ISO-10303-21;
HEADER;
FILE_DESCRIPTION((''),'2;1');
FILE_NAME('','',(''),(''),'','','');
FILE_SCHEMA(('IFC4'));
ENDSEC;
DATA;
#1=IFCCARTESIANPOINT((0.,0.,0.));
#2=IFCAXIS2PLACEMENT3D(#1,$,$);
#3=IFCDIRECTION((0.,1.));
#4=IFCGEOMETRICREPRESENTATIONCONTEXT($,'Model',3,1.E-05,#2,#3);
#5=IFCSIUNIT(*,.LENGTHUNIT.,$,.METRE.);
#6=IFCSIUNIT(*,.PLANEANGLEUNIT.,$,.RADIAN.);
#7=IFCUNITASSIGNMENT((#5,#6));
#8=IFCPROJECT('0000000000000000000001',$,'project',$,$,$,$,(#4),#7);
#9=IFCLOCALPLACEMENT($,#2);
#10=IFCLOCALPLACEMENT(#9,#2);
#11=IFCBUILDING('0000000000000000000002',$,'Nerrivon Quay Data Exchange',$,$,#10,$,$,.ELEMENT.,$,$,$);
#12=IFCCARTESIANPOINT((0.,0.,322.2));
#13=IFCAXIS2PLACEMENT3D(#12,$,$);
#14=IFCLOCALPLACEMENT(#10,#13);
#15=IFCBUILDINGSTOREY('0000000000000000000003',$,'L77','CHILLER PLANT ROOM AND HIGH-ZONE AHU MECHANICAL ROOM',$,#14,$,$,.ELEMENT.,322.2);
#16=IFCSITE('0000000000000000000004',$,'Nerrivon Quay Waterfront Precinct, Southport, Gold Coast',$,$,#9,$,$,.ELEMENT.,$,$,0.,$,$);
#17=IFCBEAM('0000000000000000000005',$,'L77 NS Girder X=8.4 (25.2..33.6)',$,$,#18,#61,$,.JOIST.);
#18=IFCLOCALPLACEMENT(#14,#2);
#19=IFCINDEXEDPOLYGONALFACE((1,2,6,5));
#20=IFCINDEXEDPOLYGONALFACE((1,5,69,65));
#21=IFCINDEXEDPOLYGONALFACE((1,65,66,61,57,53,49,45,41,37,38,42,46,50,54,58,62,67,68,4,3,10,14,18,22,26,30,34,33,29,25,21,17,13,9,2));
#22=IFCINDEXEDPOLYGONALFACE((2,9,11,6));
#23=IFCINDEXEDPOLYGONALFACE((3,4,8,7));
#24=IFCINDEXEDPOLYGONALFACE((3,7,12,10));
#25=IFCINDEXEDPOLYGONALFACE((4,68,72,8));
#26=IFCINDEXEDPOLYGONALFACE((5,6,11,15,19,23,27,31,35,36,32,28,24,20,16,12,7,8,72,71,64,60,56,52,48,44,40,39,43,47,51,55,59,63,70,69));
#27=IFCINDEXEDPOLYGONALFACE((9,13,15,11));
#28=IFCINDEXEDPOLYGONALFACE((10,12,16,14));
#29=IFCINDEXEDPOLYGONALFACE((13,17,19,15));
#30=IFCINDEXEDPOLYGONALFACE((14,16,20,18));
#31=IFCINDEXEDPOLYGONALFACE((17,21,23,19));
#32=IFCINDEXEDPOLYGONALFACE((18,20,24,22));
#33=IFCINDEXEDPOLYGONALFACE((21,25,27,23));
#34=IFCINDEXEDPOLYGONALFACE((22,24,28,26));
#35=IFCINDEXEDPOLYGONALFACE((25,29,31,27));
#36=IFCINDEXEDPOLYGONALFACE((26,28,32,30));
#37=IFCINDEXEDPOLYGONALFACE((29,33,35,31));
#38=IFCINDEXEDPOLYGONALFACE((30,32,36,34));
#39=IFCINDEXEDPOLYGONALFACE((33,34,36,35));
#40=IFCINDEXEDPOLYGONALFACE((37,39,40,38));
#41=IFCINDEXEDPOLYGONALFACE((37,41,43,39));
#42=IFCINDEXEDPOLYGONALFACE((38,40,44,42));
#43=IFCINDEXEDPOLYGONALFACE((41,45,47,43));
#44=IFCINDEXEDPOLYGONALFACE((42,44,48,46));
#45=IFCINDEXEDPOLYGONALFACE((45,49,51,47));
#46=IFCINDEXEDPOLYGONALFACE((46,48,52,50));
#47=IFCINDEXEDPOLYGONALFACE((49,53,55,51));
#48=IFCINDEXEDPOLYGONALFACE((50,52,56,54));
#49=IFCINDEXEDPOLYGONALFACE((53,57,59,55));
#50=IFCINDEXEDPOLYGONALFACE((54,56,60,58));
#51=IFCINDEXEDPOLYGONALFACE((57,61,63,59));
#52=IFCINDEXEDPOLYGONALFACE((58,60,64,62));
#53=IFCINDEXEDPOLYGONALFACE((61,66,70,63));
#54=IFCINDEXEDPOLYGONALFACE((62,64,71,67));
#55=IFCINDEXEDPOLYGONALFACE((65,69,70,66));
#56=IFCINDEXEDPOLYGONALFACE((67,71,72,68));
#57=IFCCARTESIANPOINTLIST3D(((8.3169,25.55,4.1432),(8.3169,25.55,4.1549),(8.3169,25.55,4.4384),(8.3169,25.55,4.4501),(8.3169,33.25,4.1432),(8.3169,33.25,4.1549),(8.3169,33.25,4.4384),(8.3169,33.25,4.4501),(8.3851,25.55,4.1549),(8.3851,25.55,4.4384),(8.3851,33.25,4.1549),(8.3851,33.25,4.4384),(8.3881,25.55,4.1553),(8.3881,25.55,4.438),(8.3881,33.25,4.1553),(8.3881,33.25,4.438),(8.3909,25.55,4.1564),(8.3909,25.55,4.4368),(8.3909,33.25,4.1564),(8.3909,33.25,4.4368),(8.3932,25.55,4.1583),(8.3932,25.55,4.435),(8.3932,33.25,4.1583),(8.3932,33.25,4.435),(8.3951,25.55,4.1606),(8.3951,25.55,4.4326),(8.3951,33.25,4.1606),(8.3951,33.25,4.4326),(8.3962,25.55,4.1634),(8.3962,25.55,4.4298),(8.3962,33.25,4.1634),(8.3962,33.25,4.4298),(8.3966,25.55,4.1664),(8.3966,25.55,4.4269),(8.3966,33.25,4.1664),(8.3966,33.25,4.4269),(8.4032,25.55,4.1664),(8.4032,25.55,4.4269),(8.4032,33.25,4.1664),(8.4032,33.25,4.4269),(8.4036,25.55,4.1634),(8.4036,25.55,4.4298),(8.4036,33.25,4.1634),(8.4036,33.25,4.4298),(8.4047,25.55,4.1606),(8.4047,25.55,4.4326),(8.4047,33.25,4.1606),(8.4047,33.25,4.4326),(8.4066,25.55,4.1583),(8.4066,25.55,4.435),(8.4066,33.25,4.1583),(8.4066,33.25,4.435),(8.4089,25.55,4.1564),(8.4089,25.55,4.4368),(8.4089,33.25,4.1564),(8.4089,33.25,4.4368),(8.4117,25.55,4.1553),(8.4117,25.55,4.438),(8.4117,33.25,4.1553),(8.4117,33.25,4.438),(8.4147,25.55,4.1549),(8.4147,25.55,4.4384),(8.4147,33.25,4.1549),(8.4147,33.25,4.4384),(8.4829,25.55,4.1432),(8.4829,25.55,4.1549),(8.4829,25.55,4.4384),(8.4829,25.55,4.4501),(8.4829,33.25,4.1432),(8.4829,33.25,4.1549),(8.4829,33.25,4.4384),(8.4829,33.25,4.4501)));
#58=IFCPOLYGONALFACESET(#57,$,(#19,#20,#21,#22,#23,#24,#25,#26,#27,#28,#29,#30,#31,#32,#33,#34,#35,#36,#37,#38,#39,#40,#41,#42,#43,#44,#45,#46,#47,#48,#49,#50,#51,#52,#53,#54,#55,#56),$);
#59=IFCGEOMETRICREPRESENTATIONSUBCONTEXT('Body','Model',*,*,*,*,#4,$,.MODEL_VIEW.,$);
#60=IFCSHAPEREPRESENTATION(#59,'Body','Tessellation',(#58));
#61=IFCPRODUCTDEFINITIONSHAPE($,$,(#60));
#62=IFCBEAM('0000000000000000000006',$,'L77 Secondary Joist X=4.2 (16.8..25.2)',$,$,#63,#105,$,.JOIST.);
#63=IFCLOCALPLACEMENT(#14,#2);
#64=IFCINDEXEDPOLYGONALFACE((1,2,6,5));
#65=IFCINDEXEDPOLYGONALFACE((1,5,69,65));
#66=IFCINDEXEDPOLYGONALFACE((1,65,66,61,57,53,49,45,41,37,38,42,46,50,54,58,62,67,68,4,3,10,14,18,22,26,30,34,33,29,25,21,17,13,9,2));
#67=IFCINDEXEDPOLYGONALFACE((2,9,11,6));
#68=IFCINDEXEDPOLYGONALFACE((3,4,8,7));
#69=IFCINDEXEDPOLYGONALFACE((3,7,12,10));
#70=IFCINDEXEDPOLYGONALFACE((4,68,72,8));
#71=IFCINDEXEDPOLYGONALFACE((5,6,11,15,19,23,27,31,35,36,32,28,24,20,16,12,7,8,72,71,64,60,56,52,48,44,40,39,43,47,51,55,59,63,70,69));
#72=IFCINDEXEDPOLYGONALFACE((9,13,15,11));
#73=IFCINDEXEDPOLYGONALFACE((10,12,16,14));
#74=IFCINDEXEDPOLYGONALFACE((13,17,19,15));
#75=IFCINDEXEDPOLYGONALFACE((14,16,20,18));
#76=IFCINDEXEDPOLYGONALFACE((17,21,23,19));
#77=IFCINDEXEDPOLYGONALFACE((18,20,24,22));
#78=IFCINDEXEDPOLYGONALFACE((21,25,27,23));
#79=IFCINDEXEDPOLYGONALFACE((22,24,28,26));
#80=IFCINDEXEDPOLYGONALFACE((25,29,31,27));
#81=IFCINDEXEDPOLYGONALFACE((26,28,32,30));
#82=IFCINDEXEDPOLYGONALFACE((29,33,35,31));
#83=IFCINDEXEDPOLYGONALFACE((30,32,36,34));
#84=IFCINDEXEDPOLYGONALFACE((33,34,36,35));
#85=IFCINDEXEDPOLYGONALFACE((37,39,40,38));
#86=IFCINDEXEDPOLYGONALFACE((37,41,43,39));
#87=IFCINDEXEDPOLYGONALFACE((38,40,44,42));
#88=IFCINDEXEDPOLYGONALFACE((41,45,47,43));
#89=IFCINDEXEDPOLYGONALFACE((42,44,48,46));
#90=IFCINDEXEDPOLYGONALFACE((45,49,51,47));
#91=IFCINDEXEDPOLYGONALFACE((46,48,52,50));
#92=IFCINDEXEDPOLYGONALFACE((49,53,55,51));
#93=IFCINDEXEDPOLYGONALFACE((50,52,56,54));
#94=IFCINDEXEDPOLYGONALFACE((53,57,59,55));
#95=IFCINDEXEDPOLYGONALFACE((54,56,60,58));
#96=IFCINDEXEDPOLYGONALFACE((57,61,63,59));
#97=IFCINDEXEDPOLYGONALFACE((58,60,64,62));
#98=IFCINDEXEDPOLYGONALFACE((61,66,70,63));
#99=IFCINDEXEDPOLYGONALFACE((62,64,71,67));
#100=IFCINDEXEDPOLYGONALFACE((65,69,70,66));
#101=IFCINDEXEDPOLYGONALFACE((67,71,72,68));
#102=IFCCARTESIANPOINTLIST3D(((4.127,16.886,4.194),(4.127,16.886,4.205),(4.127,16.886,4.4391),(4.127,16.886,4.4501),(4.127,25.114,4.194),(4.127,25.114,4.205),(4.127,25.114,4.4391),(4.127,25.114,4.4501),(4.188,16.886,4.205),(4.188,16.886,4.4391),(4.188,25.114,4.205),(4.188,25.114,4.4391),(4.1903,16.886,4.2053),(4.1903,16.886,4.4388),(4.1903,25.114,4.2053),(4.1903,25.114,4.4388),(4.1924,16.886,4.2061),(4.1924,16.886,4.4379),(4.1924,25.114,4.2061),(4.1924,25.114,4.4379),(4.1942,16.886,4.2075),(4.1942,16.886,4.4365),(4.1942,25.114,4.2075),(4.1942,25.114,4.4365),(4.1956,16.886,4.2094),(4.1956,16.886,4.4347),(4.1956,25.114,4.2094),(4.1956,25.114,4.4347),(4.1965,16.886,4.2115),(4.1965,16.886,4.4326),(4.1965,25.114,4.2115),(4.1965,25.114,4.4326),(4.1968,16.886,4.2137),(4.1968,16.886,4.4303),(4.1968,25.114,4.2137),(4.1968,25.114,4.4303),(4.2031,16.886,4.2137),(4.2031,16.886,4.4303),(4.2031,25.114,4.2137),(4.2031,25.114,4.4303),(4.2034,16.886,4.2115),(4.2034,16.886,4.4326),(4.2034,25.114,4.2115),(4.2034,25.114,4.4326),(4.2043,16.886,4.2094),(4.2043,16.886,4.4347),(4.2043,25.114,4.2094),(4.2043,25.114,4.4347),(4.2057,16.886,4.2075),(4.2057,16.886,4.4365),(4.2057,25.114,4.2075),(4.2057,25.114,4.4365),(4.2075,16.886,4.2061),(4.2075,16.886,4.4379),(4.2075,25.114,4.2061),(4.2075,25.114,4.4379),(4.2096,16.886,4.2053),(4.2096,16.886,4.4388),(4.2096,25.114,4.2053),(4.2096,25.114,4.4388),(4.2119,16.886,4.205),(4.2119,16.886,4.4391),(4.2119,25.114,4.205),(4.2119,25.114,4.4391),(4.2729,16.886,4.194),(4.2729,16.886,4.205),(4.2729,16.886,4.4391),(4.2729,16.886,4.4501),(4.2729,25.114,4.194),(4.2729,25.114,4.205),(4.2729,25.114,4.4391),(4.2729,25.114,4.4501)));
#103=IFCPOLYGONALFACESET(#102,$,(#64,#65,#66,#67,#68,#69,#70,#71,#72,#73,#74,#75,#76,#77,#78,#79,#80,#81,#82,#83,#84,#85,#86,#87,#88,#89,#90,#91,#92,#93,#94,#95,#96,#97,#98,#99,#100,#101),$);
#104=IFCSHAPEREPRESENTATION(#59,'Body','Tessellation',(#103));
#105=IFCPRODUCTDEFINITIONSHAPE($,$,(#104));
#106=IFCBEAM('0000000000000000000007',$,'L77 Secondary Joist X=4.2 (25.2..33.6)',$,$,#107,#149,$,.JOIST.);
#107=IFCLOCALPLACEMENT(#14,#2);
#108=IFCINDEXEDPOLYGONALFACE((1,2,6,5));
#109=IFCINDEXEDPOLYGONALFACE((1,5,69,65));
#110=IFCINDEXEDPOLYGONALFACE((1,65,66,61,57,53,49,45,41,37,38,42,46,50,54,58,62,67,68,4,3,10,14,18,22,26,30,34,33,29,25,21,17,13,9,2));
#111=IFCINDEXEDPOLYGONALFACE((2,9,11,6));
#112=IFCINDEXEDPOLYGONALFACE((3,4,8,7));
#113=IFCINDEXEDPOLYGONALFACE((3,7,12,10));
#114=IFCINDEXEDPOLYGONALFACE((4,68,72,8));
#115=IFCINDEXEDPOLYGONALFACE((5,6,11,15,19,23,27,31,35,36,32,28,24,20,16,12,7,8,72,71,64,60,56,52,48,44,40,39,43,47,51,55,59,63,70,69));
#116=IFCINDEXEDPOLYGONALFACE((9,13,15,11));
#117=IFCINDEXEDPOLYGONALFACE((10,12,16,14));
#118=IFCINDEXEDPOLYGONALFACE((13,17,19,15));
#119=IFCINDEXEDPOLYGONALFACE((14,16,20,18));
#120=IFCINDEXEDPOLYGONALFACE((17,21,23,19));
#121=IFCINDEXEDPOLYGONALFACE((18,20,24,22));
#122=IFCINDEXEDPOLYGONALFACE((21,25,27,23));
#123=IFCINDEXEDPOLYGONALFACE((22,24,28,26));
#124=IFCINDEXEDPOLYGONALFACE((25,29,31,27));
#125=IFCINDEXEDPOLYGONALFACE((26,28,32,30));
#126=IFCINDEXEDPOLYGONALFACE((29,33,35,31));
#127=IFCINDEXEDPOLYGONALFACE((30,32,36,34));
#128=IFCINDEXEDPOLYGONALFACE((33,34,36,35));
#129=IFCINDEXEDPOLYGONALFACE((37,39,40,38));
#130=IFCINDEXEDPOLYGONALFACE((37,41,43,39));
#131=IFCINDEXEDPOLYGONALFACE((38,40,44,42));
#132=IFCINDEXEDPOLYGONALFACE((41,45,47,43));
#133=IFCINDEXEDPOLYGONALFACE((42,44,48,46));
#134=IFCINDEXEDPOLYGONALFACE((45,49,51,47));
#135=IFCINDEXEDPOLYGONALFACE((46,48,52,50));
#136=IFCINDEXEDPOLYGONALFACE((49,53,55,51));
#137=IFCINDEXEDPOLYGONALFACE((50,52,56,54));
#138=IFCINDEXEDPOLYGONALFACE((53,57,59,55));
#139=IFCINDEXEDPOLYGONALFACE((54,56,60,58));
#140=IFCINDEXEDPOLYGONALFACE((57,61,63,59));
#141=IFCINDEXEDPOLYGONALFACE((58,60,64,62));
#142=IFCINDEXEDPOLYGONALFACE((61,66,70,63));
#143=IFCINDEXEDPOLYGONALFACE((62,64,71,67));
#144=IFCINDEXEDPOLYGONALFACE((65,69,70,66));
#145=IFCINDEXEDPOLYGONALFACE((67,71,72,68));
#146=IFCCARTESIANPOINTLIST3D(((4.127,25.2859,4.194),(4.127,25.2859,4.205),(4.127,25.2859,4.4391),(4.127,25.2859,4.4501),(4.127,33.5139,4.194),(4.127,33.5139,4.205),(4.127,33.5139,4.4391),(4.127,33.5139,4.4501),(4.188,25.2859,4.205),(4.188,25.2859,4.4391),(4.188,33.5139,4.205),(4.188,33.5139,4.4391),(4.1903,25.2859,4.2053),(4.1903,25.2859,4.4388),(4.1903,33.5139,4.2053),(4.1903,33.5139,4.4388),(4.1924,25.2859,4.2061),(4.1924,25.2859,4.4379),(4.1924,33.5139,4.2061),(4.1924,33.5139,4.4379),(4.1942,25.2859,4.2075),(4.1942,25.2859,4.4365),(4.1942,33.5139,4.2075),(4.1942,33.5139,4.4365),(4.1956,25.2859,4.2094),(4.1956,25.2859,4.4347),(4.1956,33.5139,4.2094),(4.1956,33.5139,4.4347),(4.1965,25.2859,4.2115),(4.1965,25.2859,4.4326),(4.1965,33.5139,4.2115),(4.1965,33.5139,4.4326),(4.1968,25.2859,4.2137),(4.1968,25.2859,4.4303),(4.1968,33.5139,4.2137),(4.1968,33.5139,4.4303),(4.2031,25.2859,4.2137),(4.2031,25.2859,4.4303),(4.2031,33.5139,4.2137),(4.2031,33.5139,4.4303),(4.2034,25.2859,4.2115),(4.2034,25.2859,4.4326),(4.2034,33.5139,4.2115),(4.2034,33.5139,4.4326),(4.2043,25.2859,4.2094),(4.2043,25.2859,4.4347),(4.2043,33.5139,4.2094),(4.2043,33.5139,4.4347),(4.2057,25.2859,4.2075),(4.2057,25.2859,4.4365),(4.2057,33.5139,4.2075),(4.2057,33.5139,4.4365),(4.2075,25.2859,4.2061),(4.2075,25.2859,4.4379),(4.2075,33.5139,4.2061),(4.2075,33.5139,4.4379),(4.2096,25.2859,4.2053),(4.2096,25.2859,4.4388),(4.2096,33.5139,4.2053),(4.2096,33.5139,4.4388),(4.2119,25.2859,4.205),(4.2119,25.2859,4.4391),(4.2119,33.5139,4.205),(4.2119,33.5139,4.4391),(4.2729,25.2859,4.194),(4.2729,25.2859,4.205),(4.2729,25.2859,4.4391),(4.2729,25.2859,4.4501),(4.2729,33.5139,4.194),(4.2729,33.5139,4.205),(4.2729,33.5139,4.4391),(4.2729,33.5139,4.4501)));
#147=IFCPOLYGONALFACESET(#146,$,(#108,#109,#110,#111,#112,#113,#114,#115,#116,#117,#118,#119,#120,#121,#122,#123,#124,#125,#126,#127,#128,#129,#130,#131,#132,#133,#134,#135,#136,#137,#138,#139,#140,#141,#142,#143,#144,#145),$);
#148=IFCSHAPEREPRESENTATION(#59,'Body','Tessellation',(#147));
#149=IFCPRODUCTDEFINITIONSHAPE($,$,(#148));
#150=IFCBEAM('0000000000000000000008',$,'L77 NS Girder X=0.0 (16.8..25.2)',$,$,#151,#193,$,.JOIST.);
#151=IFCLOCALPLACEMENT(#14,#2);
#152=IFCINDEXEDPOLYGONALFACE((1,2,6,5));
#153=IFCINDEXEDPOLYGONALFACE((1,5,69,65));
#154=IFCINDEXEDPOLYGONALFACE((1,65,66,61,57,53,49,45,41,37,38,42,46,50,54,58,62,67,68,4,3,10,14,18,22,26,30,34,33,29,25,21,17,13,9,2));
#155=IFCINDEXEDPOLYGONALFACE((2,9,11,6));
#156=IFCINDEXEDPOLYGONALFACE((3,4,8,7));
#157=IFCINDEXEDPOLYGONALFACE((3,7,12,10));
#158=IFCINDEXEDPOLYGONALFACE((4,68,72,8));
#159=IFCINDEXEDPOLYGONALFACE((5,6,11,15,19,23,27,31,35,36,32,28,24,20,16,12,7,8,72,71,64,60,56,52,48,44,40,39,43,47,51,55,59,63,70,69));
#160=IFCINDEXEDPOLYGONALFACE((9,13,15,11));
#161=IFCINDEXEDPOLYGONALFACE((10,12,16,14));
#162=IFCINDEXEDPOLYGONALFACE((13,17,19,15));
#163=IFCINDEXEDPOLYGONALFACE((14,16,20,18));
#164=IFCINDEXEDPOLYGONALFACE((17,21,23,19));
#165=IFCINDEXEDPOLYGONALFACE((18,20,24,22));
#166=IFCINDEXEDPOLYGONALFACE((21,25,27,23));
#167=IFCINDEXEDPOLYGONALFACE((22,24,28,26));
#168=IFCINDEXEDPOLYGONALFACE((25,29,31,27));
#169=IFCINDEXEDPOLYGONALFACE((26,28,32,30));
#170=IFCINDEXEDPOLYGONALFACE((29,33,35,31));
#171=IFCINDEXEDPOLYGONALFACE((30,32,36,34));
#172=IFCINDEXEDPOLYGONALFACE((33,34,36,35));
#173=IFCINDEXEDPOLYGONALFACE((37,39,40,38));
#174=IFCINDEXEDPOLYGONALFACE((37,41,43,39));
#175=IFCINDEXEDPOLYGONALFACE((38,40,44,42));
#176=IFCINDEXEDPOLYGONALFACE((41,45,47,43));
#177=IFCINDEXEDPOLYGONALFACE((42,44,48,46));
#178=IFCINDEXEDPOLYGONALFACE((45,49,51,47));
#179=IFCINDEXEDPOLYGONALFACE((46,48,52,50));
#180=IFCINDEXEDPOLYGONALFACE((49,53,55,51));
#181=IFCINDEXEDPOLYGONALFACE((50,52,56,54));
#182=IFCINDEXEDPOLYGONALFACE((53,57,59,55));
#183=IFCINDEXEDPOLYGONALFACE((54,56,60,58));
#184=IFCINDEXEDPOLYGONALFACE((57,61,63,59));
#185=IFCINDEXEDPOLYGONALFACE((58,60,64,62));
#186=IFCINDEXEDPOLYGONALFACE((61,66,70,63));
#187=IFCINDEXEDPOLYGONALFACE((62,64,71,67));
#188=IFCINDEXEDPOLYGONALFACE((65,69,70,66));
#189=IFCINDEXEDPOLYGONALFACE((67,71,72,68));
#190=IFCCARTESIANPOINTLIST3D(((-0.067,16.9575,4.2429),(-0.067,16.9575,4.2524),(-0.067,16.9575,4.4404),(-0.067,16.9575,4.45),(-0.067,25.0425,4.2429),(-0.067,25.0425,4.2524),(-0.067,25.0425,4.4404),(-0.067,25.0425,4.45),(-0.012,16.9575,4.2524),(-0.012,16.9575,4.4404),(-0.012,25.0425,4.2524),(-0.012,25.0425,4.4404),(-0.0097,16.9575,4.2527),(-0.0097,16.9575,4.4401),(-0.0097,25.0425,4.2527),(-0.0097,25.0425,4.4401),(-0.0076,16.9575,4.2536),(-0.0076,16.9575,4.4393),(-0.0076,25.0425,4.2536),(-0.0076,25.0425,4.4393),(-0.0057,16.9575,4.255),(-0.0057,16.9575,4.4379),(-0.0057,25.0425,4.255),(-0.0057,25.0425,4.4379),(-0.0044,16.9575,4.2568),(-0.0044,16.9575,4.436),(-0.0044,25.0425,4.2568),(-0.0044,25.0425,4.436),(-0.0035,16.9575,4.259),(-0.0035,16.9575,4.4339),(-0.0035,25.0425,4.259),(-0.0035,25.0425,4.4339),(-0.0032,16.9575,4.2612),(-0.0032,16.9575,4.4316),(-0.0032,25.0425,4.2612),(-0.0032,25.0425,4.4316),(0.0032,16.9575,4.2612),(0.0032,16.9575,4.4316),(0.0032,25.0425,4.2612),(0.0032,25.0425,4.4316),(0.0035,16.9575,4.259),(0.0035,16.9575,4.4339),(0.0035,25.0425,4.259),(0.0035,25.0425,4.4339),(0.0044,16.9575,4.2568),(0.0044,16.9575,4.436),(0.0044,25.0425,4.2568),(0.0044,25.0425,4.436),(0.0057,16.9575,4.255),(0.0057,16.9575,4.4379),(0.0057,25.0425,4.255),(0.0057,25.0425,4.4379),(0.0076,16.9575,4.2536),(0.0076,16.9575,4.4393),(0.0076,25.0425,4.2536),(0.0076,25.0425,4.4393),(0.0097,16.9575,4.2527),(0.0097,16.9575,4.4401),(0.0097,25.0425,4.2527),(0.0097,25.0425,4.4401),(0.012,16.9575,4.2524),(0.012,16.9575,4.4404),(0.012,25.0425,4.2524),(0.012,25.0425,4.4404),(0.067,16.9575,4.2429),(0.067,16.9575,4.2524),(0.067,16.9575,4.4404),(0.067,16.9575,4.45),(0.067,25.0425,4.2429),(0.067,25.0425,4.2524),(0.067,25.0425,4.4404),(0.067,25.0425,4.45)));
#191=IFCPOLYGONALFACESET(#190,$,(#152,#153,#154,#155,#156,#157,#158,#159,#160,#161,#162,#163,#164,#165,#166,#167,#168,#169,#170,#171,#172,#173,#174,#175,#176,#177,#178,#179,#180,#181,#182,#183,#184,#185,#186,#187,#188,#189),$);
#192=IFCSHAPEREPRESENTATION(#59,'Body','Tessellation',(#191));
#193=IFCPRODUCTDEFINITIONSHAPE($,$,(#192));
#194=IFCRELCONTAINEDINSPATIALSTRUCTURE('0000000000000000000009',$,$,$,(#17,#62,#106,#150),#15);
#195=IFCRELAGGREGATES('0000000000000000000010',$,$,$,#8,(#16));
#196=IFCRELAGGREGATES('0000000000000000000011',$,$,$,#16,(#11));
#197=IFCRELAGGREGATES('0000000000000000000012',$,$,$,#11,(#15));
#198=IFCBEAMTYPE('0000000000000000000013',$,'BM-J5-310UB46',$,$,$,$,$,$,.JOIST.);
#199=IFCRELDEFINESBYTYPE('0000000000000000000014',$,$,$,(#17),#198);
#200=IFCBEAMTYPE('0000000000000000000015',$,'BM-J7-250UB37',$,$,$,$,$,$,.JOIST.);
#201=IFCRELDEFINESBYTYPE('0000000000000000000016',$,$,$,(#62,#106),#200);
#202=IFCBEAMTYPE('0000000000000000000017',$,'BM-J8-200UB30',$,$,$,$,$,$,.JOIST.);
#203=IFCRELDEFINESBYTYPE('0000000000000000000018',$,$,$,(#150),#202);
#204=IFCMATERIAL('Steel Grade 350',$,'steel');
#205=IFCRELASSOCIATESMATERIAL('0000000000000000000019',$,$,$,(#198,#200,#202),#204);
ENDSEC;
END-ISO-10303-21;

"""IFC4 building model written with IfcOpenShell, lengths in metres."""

from ifc_helpers import new_model, si_unit, direction, frame, origin, origin_2d, place, context, subcontext, project, spatial, i_section, extrude, material, material_profile, profile_set, type_object, element, save


model = new_model("IFC4")

# Units and contexts
model_context = context("Model", 3, precision=1e-05, world=origin(), true_north=direction((0.0, 1.0)))
body_context = subcontext(model_context, "Body", "Model", "MODEL_VIEW")
ifc_project = project(units=[si_unit("LENGTHUNIT", "METRE"), si_unit("PLANEANGLEUNIT", "RADIAN")], contexts=[model_context])

# Site, building, storey
site_placement = place(None, origin())
site = spatial("IfcSite", under=ifc_project, at=site_placement, Name="Nerrivon Quay Waterfront Precinct, Southport, Gold Coast", CompositionType="ELEMENT", RefElevation=0.0)
building_placement = place(site_placement, origin())
building = spatial("IfcBuilding", under=site, at=building_placement, Name="Nerrivon Quay Data Exchange", CompositionType="ELEMENT")
storey_placement = place(building_placement, frame((0.0, 0.0, 322.2)))
storey = spatial("IfcBuildingStorey", under=building, at=storey_placement, Name="L77", Description="CHILLER PLANT ROOM AND HIGH-ZONE AHU MECHANICAL ROOM", CompositionType="ELEMENT", Elevation=322.2)

# Shared definitions
ifc_material_1 = material(Name="Steel Grade 350", Category="steel")

# Beams
ifc_material_profile_1 = material_profile(ifc_material_1, i_section(OverallWidth=0.166, OverallDepth=0.3069, WebThickness=0.0066, FlangeThickness=0.0117, FilletRadius=0.0115, at=origin_2d()), Name="310UB46.2")
ifc_profile_set_1 = profile_set([ifc_material_profile_1], Name="Steel Grade 350")
beam_type_1 = type_object("IfcBeamType", Name="BM-J5-310UB46", PredefinedType="JOIST", material=ifc_profile_set_1)
beam_1_placement = place(storey_placement, frame((8.3999, 25.55, 4.2966), z_axis=(0.0, 1.0, 0.0), x_axis=(-1.0, 0.0, 0.0)))
element("IfcBeam", 1, at=beam_1_placement, inside=storey, type_object=beam_type_1, Name="L77 NS Girder X=8.4 (25.2..33.6)", PredefinedType="JOIST", context=body_context, shape_type="SweptSolid", body=[
    extrude(i_section(OverallWidth=0.166, OverallDepth=0.3069, WebThickness=0.0066, FlangeThickness=0.0117, FilletRadius=0.0115, at=origin_2d()), origin(), (0.0, 0.0, 1.0), 7.7),
])
ifc_material_profile_2 = material_profile(ifc_material_1, i_section(OverallWidth=0.146, OverallDepth=0.2561, WebThickness=0.0063, FlangeThickness=0.011, FilletRadius=0.0088, at=origin_2d()), Name="250UB37.3")
ifc_profile_set_2 = profile_set([ifc_material_profile_2], Name="Steel Grade 350")
beam_type_2 = type_object("IfcBeamType", Name="BM-J7-250UB37", PredefinedType="JOIST", material=ifc_profile_set_2)
for number, where, z_axis, x_axis, name in (
    (2, (4.2, 16.886, 4.322), (0.0, 1.0, 0.0), (-1.0, 0.0, 0.0), "L77 Secondary Joist X=4.2 (16.8..25.2)"),
    (3, (4.2, 25.2859, 4.322), (0.0, 1.0, 0.0), (-1.0, 0.0, 0.0), "L77 Secondary Joist X=4.2 (25.2..33.6)"),
):
    element("IfcBeam", number, at=place(storey_placement, frame(where, z_axis=z_axis, x_axis=x_axis)), inside=storey, type_object=beam_type_2, Name=name, PredefinedType="JOIST", context=body_context, shape_type="SweptSolid", body=[
        extrude(i_section(OverallWidth=0.146, OverallDepth=0.2561, WebThickness=0.0063, FlangeThickness=0.011, FilletRadius=0.0088, at=origin_2d()), origin(), (0.0, 0.0, 1.0), 8.228),
    ])
ifc_material_profile_3 = material_profile(ifc_material_1, i_section(OverallWidth=0.134, OverallDepth=0.207, WebThickness=0.0063, FlangeThickness=0.0095, FilletRadius=0.0088, at=origin_2d()), Name="200UB29.8")
ifc_profile_set_3 = profile_set([ifc_material_profile_3], Name="Steel Grade 350")
beam_type_3 = type_object("IfcBeamType", Name="BM-J8-200UB30", PredefinedType="JOIST", material=ifc_profile_set_3)
for number, where, z_axis, x_axis, name in (
    (4, (0.0, 16.9575, 4.3464), (0.0, 1.0, 0.0), (-1.0, 0.0, 0.0), "L77 NS Girder X=0.0 (16.8..25.2)"),
):
    element("IfcBeam", number, at=place(storey_placement, frame(where, z_axis=z_axis, x_axis=x_axis)), inside=storey, type_object=beam_type_3, Name=name, PredefinedType="JOIST", context=body_context, shape_type="SweptSolid", body=[
        extrude(i_section(OverallWidth=0.134, OverallDepth=0.207, WebThickness=0.0063, FlangeThickness=0.0095, FilletRadius=0.0088, at=origin_2d()), origin(), (0.0, 0.0, 1.0), 8.085),
    ])

save(model, "model.ifc")
